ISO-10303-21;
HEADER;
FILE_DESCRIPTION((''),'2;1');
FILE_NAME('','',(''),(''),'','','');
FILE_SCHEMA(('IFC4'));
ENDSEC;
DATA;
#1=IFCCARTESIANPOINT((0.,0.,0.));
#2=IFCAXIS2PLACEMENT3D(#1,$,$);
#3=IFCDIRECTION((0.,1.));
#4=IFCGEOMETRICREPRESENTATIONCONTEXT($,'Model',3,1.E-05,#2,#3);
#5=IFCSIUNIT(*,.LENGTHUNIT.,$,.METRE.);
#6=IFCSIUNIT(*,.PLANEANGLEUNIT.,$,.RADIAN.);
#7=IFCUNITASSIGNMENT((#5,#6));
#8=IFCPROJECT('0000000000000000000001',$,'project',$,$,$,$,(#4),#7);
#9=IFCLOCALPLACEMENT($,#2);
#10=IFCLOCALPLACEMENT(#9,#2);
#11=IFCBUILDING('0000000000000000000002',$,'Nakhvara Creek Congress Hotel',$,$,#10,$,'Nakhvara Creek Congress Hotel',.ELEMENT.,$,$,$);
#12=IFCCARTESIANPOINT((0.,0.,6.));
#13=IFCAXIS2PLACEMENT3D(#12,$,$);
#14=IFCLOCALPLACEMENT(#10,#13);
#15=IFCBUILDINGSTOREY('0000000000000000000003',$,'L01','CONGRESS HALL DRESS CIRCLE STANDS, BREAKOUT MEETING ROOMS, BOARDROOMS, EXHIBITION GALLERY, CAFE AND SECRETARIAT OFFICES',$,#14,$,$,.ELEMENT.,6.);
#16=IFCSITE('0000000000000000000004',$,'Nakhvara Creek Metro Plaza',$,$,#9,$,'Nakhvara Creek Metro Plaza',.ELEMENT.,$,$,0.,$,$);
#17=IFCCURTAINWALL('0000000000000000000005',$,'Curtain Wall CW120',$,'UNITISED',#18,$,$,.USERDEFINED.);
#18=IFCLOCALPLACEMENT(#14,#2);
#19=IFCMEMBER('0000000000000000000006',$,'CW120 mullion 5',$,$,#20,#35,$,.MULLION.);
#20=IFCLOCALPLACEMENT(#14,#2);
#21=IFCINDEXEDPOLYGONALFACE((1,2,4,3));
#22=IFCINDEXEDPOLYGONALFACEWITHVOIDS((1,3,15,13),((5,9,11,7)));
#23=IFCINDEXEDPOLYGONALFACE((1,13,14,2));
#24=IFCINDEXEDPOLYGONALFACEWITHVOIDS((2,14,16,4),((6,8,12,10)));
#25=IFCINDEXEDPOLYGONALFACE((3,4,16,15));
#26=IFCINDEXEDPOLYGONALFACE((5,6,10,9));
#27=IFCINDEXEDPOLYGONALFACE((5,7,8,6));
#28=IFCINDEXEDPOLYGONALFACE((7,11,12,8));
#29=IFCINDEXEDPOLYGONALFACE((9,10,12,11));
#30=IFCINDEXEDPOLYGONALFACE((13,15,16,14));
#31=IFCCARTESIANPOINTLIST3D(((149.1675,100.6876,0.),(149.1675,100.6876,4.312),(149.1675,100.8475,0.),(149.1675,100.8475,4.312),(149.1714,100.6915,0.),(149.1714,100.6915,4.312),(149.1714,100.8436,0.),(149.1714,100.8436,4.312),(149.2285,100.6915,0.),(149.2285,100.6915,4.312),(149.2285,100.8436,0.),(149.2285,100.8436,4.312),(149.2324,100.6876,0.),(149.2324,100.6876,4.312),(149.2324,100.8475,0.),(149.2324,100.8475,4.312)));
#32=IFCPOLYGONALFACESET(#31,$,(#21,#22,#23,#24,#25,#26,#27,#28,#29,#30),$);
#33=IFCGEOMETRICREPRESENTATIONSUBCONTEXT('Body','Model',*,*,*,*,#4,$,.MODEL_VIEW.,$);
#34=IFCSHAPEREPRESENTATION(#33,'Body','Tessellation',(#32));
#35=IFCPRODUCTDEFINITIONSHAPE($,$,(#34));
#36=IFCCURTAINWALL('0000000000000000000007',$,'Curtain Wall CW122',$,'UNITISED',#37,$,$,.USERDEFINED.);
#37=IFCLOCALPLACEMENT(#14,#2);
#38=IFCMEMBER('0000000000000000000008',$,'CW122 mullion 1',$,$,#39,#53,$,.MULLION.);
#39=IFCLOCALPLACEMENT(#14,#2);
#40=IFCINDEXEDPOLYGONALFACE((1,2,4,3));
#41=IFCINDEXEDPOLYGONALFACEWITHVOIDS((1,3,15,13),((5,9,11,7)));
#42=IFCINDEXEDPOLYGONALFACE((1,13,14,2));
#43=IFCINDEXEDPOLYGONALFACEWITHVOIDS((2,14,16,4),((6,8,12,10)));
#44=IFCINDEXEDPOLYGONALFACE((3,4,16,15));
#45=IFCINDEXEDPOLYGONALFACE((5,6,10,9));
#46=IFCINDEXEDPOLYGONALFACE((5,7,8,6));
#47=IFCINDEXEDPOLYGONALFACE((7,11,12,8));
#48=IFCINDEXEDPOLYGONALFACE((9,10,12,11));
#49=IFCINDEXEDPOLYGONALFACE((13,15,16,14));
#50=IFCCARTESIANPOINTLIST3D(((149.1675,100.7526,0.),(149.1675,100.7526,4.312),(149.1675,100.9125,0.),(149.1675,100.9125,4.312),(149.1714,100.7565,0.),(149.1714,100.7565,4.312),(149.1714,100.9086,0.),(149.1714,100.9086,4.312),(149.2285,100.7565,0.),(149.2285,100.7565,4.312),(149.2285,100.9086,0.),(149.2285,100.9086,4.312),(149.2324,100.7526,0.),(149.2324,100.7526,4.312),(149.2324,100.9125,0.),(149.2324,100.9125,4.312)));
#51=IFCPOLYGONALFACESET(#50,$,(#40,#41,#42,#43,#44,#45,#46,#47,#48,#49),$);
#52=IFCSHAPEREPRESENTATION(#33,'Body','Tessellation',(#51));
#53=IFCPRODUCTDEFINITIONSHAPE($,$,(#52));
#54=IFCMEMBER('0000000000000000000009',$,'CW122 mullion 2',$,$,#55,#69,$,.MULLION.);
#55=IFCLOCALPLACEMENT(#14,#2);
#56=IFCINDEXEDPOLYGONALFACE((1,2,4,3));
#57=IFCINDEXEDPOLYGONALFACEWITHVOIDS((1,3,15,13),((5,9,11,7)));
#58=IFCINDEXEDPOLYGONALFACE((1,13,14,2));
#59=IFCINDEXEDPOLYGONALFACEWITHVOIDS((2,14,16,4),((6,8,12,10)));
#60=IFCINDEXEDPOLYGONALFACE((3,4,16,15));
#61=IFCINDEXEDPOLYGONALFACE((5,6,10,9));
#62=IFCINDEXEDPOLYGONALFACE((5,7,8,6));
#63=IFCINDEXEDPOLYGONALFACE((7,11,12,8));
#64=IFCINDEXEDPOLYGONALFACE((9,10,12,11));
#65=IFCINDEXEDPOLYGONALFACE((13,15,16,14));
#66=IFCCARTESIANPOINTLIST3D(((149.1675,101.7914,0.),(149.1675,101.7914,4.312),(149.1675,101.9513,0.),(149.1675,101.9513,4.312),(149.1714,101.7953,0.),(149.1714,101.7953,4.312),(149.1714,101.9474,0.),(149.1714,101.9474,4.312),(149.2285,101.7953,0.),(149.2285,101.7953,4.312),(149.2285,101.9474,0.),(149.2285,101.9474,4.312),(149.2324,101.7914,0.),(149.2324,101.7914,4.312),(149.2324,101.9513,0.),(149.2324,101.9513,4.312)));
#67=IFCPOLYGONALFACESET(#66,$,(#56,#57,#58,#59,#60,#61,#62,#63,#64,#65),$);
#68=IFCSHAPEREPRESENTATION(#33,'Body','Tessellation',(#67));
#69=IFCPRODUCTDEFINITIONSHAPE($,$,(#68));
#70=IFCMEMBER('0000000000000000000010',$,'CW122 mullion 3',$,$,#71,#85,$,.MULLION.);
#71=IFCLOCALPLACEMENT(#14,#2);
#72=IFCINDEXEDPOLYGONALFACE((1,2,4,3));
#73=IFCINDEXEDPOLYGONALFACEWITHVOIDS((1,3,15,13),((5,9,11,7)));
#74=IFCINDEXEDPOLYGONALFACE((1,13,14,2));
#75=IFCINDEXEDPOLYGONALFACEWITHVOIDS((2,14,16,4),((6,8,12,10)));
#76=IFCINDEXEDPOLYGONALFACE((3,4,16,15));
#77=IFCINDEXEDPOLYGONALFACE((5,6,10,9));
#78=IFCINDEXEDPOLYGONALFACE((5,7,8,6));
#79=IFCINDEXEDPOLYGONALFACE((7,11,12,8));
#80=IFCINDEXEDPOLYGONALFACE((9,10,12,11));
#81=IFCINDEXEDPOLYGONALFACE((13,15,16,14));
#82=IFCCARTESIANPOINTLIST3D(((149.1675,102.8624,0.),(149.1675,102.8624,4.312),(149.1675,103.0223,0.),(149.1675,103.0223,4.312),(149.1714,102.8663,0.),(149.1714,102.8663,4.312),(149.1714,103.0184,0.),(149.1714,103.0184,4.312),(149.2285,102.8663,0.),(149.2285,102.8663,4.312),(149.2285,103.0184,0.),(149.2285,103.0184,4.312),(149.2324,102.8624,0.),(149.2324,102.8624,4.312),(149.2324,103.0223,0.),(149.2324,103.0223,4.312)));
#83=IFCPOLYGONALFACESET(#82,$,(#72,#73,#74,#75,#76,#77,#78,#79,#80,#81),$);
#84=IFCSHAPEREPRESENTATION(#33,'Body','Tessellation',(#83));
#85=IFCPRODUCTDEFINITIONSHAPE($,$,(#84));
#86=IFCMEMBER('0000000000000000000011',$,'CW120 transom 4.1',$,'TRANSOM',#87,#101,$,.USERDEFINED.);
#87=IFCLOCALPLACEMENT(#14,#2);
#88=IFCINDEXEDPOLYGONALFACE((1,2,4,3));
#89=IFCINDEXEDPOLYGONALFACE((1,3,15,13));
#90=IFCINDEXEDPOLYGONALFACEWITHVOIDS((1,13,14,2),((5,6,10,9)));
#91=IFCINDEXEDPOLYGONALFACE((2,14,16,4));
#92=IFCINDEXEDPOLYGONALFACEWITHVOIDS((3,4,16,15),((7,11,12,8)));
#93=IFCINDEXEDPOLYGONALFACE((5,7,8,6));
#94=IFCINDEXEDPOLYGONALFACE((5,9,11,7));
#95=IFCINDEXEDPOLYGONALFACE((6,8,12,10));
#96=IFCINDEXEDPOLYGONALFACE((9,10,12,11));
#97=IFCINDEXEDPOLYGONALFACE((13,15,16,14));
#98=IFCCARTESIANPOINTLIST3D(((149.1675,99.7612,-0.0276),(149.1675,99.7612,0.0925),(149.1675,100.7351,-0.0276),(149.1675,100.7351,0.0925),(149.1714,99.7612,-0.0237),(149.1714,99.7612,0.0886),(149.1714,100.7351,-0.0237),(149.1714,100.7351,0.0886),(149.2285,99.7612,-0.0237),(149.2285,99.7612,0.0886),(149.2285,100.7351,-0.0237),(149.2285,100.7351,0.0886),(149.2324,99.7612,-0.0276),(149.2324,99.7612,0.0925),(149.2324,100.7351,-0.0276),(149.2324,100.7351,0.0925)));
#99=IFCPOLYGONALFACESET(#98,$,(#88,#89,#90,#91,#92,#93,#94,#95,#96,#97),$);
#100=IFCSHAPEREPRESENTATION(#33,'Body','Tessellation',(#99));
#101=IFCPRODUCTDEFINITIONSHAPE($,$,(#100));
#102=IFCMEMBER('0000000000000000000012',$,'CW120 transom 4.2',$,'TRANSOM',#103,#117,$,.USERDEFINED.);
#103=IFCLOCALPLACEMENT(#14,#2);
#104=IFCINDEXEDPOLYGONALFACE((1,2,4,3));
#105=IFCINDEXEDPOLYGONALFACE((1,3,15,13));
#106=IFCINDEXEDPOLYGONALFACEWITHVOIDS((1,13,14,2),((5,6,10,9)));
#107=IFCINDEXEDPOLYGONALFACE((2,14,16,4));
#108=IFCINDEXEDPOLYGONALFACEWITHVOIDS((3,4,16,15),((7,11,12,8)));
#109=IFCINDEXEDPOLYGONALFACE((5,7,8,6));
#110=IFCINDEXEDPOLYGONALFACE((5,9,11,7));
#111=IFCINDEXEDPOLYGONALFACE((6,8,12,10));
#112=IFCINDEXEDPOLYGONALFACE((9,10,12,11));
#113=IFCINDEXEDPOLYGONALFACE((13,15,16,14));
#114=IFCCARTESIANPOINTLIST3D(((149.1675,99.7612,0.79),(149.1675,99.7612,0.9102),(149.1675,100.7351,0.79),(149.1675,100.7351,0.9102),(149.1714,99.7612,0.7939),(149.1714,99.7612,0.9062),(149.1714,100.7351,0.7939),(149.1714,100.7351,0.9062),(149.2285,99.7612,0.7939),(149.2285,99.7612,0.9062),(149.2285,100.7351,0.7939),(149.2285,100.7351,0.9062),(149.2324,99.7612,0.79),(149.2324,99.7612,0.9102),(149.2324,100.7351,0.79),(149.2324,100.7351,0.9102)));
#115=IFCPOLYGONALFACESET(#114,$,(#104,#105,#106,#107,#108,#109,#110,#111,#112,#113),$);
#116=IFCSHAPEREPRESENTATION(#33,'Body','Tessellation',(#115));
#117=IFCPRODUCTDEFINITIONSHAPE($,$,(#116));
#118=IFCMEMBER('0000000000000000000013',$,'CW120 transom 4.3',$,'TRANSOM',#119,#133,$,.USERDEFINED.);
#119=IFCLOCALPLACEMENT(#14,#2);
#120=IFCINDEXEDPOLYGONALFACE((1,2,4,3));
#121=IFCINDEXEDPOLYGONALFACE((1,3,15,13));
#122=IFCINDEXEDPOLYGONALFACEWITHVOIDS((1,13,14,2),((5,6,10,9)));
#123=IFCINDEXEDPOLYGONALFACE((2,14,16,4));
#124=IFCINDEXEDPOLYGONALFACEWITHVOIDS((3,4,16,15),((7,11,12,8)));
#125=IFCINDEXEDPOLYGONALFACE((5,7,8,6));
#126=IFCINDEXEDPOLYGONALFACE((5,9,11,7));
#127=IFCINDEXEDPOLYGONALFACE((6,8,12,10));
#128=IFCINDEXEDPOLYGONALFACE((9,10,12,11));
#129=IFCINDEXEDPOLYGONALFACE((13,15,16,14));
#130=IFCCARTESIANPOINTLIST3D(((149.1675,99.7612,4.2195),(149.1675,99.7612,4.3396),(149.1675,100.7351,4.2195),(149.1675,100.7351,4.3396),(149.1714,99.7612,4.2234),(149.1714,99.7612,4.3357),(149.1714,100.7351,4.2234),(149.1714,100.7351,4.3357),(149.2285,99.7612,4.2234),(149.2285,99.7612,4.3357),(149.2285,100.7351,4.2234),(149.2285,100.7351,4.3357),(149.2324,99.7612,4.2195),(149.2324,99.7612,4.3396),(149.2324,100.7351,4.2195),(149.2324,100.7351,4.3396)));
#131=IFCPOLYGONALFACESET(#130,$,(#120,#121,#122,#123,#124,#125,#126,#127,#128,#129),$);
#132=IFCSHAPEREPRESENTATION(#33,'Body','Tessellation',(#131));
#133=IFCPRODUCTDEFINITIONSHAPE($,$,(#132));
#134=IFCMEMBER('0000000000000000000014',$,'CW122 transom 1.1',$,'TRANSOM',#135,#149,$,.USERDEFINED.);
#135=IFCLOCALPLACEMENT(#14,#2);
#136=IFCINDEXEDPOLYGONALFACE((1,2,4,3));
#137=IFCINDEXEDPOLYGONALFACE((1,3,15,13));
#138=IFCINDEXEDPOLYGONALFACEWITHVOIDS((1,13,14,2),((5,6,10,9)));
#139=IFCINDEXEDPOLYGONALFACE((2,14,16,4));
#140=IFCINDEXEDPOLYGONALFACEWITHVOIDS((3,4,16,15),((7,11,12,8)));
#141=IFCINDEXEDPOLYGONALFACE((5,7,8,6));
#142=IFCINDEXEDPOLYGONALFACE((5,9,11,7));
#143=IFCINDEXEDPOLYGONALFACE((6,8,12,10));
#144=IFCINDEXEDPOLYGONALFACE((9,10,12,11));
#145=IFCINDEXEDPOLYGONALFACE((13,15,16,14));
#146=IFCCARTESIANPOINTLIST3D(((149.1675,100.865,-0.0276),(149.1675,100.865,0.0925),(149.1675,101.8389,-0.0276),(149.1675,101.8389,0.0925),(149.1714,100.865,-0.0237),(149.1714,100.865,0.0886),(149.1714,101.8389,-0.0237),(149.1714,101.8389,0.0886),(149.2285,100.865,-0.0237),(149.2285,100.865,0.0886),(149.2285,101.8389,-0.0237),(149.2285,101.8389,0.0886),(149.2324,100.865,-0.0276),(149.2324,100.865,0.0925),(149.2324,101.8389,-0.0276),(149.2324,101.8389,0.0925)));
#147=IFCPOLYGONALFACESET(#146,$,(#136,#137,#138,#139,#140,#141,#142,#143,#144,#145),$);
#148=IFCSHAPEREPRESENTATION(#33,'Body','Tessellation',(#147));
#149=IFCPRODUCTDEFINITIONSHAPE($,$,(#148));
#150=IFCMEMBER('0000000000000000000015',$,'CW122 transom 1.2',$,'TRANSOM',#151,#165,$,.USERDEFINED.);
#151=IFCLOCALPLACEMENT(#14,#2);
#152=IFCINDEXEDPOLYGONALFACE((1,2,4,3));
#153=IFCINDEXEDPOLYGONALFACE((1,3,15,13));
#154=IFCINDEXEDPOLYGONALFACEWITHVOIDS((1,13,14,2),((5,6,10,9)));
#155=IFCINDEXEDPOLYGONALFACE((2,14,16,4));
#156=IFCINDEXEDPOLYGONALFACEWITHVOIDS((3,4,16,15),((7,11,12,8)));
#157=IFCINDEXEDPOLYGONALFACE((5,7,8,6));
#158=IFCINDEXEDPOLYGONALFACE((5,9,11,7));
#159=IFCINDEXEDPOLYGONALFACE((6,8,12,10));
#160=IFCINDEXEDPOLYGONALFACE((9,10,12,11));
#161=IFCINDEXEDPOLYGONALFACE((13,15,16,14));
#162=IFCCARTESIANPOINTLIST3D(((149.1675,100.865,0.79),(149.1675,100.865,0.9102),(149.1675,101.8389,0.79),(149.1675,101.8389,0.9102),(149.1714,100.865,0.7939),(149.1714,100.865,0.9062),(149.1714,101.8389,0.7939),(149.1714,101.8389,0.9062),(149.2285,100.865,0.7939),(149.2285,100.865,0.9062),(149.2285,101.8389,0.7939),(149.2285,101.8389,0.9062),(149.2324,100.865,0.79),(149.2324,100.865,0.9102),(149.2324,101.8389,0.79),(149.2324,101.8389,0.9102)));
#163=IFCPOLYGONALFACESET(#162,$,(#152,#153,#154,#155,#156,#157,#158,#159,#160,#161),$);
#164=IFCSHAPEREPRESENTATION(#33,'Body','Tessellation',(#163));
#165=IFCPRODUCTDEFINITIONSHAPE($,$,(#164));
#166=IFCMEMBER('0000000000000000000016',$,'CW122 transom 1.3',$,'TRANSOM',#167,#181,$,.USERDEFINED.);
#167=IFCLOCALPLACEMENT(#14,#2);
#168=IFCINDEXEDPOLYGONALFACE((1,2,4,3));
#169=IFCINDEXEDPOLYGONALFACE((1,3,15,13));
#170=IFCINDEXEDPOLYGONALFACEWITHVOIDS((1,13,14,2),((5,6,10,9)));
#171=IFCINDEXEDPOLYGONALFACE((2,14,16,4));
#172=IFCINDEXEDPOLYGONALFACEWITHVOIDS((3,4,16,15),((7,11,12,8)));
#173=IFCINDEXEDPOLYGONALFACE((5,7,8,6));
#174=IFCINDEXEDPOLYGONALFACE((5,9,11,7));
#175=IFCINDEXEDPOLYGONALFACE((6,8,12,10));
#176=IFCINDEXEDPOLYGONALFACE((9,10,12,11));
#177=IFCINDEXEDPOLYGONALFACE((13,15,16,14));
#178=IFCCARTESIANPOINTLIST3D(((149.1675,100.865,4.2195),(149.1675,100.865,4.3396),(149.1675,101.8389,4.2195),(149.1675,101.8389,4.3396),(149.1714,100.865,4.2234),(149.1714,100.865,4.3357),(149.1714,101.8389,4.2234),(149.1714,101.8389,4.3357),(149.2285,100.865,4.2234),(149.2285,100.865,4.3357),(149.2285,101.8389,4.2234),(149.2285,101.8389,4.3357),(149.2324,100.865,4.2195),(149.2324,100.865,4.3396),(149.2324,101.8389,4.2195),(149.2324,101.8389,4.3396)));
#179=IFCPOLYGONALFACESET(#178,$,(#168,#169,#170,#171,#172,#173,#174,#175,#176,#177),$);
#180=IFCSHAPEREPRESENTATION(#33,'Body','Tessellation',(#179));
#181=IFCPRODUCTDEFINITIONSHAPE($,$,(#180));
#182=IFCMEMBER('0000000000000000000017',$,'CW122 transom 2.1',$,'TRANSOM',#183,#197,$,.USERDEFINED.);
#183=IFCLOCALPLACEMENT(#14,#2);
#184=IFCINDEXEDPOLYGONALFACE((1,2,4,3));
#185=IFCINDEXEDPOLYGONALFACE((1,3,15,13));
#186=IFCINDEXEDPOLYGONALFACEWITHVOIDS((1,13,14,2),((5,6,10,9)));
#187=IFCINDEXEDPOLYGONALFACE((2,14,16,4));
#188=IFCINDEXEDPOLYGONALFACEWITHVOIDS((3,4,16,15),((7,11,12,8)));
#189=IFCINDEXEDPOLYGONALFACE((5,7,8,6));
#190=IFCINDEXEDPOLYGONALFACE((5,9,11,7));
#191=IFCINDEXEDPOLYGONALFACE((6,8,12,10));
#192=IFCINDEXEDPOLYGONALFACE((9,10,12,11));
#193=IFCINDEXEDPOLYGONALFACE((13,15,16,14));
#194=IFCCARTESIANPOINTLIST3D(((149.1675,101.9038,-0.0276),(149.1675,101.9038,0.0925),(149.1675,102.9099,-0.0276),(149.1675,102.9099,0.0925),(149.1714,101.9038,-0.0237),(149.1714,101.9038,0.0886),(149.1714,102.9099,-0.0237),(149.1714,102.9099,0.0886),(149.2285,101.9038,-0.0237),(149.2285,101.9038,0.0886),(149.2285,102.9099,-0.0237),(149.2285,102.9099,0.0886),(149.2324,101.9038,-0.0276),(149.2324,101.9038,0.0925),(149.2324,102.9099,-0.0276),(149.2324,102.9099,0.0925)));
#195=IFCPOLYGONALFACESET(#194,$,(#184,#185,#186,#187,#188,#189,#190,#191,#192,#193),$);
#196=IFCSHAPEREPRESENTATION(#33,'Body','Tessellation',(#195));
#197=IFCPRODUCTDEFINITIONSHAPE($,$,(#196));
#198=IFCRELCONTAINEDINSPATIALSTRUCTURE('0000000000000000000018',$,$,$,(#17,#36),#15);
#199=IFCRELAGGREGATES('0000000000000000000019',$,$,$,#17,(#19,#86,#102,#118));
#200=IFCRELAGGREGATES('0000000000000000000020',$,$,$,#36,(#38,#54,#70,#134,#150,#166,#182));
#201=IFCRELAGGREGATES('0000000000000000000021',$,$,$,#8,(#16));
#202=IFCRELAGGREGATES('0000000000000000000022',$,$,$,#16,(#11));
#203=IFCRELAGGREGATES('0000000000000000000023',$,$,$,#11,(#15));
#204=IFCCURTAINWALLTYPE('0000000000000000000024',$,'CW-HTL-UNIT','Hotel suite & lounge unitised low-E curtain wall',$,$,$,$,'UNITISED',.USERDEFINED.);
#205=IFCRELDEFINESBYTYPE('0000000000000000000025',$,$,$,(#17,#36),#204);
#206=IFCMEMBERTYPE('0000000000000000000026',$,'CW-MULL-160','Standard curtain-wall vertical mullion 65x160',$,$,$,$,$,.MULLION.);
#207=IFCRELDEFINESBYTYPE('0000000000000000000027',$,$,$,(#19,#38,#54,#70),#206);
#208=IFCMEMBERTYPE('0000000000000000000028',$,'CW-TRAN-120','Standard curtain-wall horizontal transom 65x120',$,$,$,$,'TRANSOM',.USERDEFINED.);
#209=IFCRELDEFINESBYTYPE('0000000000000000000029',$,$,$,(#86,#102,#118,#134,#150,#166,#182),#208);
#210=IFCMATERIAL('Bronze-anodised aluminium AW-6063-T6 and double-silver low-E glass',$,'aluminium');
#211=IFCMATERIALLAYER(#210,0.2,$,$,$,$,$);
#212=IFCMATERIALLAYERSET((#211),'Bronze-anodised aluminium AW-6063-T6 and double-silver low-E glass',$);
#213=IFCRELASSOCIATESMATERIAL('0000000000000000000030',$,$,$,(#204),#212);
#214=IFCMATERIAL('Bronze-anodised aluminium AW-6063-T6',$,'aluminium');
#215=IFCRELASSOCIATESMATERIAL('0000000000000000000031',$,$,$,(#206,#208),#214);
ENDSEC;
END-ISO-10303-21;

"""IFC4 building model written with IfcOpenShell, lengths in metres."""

from ifc_helpers import new_model, si_unit, direction, frame, origin, origin_2d, place, context, subcontext, project, spatial, hollow_rectangle, extrude, material, layer, layer_set, material_profile, profile_set, type_object, element, aggregate, save


model = new_model("IFC4")

# Units and contexts
model_context = context("Model", 3, precision=1e-05, world=origin(), true_north=direction((0.0, 1.0)))
body_context = subcontext(model_context, "Body", "Model", "MODEL_VIEW")
ifc_project = project(units=[si_unit("LENGTHUNIT", "METRE"), si_unit("PLANEANGLEUNIT", "RADIAN")], contexts=[model_context])

# Site, building, storey
site_placement = place(None, origin())
site = spatial("IfcSite", under=ifc_project, at=site_placement, Name="Nakhvara Creek Metro Plaza", LongName="Nakhvara Creek Metro Plaza", CompositionType="ELEMENT", RefElevation=0.0)
building_placement = place(site_placement, origin())
building = spatial("IfcBuilding", under=site, at=building_placement, Name="Nakhvara Creek Congress Hotel", LongName="Nakhvara Creek Congress Hotel", CompositionType="ELEMENT")
storey_placement = place(building_placement, frame((0.0, 0.0, 6.0)))
storey = spatial("IfcBuildingStorey", under=building, at=storey_placement, Name="L01", Description="CONGRESS HALL DRESS CIRCLE STANDS, BREAKOUT MEETING ROOMS, BOARDROOMS, EXHIBITION GALLERY, CAFE AND SECRETARIAT OFFICES", CompositionType="ELEMENT", Elevation=6.0)

# Curtain wall, member
ifc_material_1 = material(Name="Bronze-anodised aluminium AW-6063-T6 and double-silver low-E glass", Category="aluminium")
ifc_layer = layer(ifc_material_1, 0.2)
ifc_layer_set = layer_set([ifc_layer], Name="Bronze-anodised aluminium AW-6063-T6 and double-silver low-E glass")
curtain_wall_type = type_object("IfcCurtainWallType", Name="CW-HTL-UNIT", Description="Hotel suite & lounge unitised low-E curtain wall", ElementType="UNITISED", PredefinedType="USERDEFINED", material=ifc_layer_set)
curtain_wall_1_placement = place(storey_placement, origin())
curtain_wall_1 = element("IfcCurtainWall", 1, at=curtain_wall_1_placement, inside=storey, type_object=curtain_wall_type, Name="Curtain Wall CW120", ObjectType="UNITISED", PredefinedType="USERDEFINED")
ifc_material_2 = material(Name="Bronze-anodised aluminium AW-6063-T6", Category="aluminium")
ifc_material_profile_1 = material_profile(ifc_material_2, hollow_rectangle(XDim=0.0649, YDim=0.1599, WallThickness=0.0039, at=origin_2d()), Name="ALU-MULL 65x160x4", Category="LoadBearing")
ifc_profile_set_1 = profile_set([ifc_material_profile_1], Name="Bronze-anodised aluminium AW-6063-T6")
member_type_1 = type_object("IfcMemberType", Name="CW-MULL-160", Description="Standard curtain-wall vertical mullion 65x160", PredefinedType="MULLION", material=ifc_profile_set_1)
member_1_placement = place(storey_placement, frame((149.2, 100.7676, 0.0), z_axis=(0.0, 0.0, 1.0), x_axis=(-1.0, 0.0, 0.0)))
member_1 = element("IfcMember", 2, at=member_1_placement, type_object=member_type_1, Name="CW120 mullion 5", PredefinedType="MULLION", context=body_context, shape_type="SweptSolid", body=[
    extrude(hollow_rectangle(XDim=0.0649, YDim=0.1599, WallThickness=0.0039, at=origin_2d()), origin(), (0.0, 0.0, 1.0), 4.312),
])

# Curtain wall, members
curtain_wall_2_placement = place(storey_placement, origin())
curtain_wall_2 = element("IfcCurtainWall", 3, at=curtain_wall_2_placement, inside=storey, type_object=curtain_wall_type, Name="Curtain Wall CW122", ObjectType="UNITISED", PredefinedType="USERDEFINED")
member_2_placement = place(storey_placement, frame((149.2, 100.8325, 0.0), z_axis=(0.0, 0.0, 1.0), x_axis=(-1.0, 0.0, 0.0)))
member_2 = element("IfcMember", 4, at=member_2_placement, type_object=member_type_1, Name="CW122 mullion 1", PredefinedType="MULLION", context=body_context, shape_type="SweptSolid", body=[
    extrude(hollow_rectangle(XDim=0.0649, YDim=0.1599, WallThickness=0.0039, at=origin_2d()), origin(), (0.0, 0.0, 1.0), 4.312),
])
member_3_placement = place(storey_placement, frame((149.2, 101.8713, 0.0), z_axis=(0.0, 0.0, 1.0), x_axis=(-1.0, 0.0, 0.0)))
member_3 = element("IfcMember", 5, at=member_3_placement, type_object=member_type_1, Name="CW122 mullion 2", PredefinedType="MULLION", context=body_context, shape_type="SweptSolid", body=[
    extrude(hollow_rectangle(XDim=0.0649, YDim=0.1599, WallThickness=0.0039, at=origin_2d()), origin(), (0.0, 0.0, 1.0), 4.312),
])
member_4_placement = place(storey_placement, frame((149.2, 102.9424, 0.0), z_axis=(0.0, 0.0, 1.0), x_axis=(-1.0, 0.0, 0.0)))
member_4 = element("IfcMember", 6, at=member_4_placement, type_object=member_type_1, Name="CW122 mullion 3", PredefinedType="MULLION", context=body_context, shape_type="SweptSolid", body=[
    extrude(hollow_rectangle(XDim=0.0649, YDim=0.1599, WallThickness=0.0039, at=origin_2d()), origin(), (0.0, 0.0, 1.0), 4.312),
])

# Members
ifc_material_profile_2 = material_profile(ifc_material_2, hollow_rectangle(XDim=0.0649, YDim=0.1201, WallThickness=0.0039, at=origin_2d()), Name="ALU-TRAN 65x120x4", Category="LoadBearing")
ifc_profile_set_2 = profile_set([ifc_material_profile_2], Name="Bronze-anodised aluminium AW-6063-T6")
member_type_2 = type_object("IfcMemberType", Name="CW-TRAN-120", Description="Standard curtain-wall horizontal transom 65x120", ElementType="TRANSOM", PredefinedType="USERDEFINED", material=ifc_profile_set_2)
member_5_placement = place(storey_placement, frame((149.2, 99.7612, 0.0325), z_axis=(0.0, 1.0, 0.0), x_axis=(-1.0, 0.0, 0.0)))
member_5 = element("IfcMember", 7, at=member_5_placement, type_object=member_type_2, Name="CW120 transom 4.1", ObjectType="TRANSOM", PredefinedType="USERDEFINED", context=body_context, shape_type="SweptSolid", body=[
    extrude(hollow_rectangle(XDim=0.0649, YDim=0.1201, WallThickness=0.0039, at=origin_2d()), origin(), (0.0, 0.0, 1.0), 0.9739),
])
member_6_placement = place(storey_placement, frame((149.2, 99.7612, 0.8501), z_axis=(0.0, 1.0, 0.0), x_axis=(-1.0, 0.0, 0.0)))
member_6 = element("IfcMember", 8, at=member_6_placement, type_object=member_type_2, Name="CW120 transom 4.2", ObjectType="TRANSOM", PredefinedType="USERDEFINED", context=body_context, shape_type="SweptSolid", body=[
    extrude(hollow_rectangle(XDim=0.0649, YDim=0.1201, WallThickness=0.0039, at=origin_2d()), origin(), (0.0, 0.0, 1.0), 0.9739),
])
member_7_placement = place(storey_placement, frame((149.2, 99.7612, 4.2795), z_axis=(0.0, 1.0, 0.0), x_axis=(-1.0, 0.0, 0.0)))
member_7 = element("IfcMember", 9, at=member_7_placement, type_object=member_type_2, Name="CW120 transom 4.3", ObjectType="TRANSOM", PredefinedType="USERDEFINED", context=body_context, shape_type="SweptSolid", body=[
    extrude(hollow_rectangle(XDim=0.0649, YDim=0.1201, WallThickness=0.0039, at=origin_2d()), origin(), (0.0, 0.0, 1.0), 0.9739),
])
member_8_placement = place(storey_placement, frame((149.2, 100.865, 0.0325), z_axis=(0.0, 1.0, 0.0), x_axis=(-1.0, 0.0, 0.0)))
member_8 = element("IfcMember", 10, at=member_8_placement, type_object=member_type_2, Name="CW122 transom 1.1", ObjectType="TRANSOM", PredefinedType="USERDEFINED", context=body_context, shape_type="SweptSolid", body=[
    extrude(hollow_rectangle(XDim=0.0649, YDim=0.1201, WallThickness=0.0039, at=origin_2d()), origin(), (0.0, 0.0, 1.0), 0.9739),
])
member_9_placement = place(storey_placement, frame((149.2, 100.865, 0.8501), z_axis=(0.0, 1.0, 0.0), x_axis=(-1.0, 0.0, 0.0)))
member_9 = element("IfcMember", 11, at=member_9_placement, type_object=member_type_2, Name="CW122 transom 1.2", ObjectType="TRANSOM", PredefinedType="USERDEFINED", context=body_context, shape_type="SweptSolid", body=[
    extrude(hollow_rectangle(XDim=0.0649, YDim=0.1201, WallThickness=0.0039, at=origin_2d()), origin(), (0.0, 0.0, 1.0), 0.9739),
])
member_10_placement = place(storey_placement, frame((149.2, 100.865, 4.2795), z_axis=(0.0, 1.0, 0.0), x_axis=(-1.0, 0.0, 0.0)))
member_10 = element("IfcMember", 12, at=member_10_placement, type_object=member_type_2, Name="CW122 transom 1.3", ObjectType="TRANSOM", PredefinedType="USERDEFINED", context=body_context, shape_type="SweptSolid", body=[
    extrude(hollow_rectangle(XDim=0.0649, YDim=0.1201, WallThickness=0.0039, at=origin_2d()), origin(), (0.0, 0.0, 1.0), 0.9739),
])
member_11_placement = place(storey_placement, frame((149.2, 101.9038, 0.0325), z_axis=(0.0, 1.0, 0.0), x_axis=(-1.0, 0.0, 0.0)))
member_11 = element("IfcMember", 13, at=member_11_placement, type_object=member_type_2, Name="CW122 transom 2.1", ObjectType="TRANSOM", PredefinedType="USERDEFINED", context=body_context, shape_type="SweptSolid", body=[
    extrude(hollow_rectangle(XDim=0.0649, YDim=0.1201, WallThickness=0.0039, at=origin_2d()), origin(), (0.0, 0.0, 1.0), 1.0061),
])

aggregate(curtain_wall_1, [member_1, member_5, member_6, member_7])
aggregate(curtain_wall_2, [member_2, member_3, member_4, member_8, member_9, member_10, member_11])

save(model, "model.ifc")
